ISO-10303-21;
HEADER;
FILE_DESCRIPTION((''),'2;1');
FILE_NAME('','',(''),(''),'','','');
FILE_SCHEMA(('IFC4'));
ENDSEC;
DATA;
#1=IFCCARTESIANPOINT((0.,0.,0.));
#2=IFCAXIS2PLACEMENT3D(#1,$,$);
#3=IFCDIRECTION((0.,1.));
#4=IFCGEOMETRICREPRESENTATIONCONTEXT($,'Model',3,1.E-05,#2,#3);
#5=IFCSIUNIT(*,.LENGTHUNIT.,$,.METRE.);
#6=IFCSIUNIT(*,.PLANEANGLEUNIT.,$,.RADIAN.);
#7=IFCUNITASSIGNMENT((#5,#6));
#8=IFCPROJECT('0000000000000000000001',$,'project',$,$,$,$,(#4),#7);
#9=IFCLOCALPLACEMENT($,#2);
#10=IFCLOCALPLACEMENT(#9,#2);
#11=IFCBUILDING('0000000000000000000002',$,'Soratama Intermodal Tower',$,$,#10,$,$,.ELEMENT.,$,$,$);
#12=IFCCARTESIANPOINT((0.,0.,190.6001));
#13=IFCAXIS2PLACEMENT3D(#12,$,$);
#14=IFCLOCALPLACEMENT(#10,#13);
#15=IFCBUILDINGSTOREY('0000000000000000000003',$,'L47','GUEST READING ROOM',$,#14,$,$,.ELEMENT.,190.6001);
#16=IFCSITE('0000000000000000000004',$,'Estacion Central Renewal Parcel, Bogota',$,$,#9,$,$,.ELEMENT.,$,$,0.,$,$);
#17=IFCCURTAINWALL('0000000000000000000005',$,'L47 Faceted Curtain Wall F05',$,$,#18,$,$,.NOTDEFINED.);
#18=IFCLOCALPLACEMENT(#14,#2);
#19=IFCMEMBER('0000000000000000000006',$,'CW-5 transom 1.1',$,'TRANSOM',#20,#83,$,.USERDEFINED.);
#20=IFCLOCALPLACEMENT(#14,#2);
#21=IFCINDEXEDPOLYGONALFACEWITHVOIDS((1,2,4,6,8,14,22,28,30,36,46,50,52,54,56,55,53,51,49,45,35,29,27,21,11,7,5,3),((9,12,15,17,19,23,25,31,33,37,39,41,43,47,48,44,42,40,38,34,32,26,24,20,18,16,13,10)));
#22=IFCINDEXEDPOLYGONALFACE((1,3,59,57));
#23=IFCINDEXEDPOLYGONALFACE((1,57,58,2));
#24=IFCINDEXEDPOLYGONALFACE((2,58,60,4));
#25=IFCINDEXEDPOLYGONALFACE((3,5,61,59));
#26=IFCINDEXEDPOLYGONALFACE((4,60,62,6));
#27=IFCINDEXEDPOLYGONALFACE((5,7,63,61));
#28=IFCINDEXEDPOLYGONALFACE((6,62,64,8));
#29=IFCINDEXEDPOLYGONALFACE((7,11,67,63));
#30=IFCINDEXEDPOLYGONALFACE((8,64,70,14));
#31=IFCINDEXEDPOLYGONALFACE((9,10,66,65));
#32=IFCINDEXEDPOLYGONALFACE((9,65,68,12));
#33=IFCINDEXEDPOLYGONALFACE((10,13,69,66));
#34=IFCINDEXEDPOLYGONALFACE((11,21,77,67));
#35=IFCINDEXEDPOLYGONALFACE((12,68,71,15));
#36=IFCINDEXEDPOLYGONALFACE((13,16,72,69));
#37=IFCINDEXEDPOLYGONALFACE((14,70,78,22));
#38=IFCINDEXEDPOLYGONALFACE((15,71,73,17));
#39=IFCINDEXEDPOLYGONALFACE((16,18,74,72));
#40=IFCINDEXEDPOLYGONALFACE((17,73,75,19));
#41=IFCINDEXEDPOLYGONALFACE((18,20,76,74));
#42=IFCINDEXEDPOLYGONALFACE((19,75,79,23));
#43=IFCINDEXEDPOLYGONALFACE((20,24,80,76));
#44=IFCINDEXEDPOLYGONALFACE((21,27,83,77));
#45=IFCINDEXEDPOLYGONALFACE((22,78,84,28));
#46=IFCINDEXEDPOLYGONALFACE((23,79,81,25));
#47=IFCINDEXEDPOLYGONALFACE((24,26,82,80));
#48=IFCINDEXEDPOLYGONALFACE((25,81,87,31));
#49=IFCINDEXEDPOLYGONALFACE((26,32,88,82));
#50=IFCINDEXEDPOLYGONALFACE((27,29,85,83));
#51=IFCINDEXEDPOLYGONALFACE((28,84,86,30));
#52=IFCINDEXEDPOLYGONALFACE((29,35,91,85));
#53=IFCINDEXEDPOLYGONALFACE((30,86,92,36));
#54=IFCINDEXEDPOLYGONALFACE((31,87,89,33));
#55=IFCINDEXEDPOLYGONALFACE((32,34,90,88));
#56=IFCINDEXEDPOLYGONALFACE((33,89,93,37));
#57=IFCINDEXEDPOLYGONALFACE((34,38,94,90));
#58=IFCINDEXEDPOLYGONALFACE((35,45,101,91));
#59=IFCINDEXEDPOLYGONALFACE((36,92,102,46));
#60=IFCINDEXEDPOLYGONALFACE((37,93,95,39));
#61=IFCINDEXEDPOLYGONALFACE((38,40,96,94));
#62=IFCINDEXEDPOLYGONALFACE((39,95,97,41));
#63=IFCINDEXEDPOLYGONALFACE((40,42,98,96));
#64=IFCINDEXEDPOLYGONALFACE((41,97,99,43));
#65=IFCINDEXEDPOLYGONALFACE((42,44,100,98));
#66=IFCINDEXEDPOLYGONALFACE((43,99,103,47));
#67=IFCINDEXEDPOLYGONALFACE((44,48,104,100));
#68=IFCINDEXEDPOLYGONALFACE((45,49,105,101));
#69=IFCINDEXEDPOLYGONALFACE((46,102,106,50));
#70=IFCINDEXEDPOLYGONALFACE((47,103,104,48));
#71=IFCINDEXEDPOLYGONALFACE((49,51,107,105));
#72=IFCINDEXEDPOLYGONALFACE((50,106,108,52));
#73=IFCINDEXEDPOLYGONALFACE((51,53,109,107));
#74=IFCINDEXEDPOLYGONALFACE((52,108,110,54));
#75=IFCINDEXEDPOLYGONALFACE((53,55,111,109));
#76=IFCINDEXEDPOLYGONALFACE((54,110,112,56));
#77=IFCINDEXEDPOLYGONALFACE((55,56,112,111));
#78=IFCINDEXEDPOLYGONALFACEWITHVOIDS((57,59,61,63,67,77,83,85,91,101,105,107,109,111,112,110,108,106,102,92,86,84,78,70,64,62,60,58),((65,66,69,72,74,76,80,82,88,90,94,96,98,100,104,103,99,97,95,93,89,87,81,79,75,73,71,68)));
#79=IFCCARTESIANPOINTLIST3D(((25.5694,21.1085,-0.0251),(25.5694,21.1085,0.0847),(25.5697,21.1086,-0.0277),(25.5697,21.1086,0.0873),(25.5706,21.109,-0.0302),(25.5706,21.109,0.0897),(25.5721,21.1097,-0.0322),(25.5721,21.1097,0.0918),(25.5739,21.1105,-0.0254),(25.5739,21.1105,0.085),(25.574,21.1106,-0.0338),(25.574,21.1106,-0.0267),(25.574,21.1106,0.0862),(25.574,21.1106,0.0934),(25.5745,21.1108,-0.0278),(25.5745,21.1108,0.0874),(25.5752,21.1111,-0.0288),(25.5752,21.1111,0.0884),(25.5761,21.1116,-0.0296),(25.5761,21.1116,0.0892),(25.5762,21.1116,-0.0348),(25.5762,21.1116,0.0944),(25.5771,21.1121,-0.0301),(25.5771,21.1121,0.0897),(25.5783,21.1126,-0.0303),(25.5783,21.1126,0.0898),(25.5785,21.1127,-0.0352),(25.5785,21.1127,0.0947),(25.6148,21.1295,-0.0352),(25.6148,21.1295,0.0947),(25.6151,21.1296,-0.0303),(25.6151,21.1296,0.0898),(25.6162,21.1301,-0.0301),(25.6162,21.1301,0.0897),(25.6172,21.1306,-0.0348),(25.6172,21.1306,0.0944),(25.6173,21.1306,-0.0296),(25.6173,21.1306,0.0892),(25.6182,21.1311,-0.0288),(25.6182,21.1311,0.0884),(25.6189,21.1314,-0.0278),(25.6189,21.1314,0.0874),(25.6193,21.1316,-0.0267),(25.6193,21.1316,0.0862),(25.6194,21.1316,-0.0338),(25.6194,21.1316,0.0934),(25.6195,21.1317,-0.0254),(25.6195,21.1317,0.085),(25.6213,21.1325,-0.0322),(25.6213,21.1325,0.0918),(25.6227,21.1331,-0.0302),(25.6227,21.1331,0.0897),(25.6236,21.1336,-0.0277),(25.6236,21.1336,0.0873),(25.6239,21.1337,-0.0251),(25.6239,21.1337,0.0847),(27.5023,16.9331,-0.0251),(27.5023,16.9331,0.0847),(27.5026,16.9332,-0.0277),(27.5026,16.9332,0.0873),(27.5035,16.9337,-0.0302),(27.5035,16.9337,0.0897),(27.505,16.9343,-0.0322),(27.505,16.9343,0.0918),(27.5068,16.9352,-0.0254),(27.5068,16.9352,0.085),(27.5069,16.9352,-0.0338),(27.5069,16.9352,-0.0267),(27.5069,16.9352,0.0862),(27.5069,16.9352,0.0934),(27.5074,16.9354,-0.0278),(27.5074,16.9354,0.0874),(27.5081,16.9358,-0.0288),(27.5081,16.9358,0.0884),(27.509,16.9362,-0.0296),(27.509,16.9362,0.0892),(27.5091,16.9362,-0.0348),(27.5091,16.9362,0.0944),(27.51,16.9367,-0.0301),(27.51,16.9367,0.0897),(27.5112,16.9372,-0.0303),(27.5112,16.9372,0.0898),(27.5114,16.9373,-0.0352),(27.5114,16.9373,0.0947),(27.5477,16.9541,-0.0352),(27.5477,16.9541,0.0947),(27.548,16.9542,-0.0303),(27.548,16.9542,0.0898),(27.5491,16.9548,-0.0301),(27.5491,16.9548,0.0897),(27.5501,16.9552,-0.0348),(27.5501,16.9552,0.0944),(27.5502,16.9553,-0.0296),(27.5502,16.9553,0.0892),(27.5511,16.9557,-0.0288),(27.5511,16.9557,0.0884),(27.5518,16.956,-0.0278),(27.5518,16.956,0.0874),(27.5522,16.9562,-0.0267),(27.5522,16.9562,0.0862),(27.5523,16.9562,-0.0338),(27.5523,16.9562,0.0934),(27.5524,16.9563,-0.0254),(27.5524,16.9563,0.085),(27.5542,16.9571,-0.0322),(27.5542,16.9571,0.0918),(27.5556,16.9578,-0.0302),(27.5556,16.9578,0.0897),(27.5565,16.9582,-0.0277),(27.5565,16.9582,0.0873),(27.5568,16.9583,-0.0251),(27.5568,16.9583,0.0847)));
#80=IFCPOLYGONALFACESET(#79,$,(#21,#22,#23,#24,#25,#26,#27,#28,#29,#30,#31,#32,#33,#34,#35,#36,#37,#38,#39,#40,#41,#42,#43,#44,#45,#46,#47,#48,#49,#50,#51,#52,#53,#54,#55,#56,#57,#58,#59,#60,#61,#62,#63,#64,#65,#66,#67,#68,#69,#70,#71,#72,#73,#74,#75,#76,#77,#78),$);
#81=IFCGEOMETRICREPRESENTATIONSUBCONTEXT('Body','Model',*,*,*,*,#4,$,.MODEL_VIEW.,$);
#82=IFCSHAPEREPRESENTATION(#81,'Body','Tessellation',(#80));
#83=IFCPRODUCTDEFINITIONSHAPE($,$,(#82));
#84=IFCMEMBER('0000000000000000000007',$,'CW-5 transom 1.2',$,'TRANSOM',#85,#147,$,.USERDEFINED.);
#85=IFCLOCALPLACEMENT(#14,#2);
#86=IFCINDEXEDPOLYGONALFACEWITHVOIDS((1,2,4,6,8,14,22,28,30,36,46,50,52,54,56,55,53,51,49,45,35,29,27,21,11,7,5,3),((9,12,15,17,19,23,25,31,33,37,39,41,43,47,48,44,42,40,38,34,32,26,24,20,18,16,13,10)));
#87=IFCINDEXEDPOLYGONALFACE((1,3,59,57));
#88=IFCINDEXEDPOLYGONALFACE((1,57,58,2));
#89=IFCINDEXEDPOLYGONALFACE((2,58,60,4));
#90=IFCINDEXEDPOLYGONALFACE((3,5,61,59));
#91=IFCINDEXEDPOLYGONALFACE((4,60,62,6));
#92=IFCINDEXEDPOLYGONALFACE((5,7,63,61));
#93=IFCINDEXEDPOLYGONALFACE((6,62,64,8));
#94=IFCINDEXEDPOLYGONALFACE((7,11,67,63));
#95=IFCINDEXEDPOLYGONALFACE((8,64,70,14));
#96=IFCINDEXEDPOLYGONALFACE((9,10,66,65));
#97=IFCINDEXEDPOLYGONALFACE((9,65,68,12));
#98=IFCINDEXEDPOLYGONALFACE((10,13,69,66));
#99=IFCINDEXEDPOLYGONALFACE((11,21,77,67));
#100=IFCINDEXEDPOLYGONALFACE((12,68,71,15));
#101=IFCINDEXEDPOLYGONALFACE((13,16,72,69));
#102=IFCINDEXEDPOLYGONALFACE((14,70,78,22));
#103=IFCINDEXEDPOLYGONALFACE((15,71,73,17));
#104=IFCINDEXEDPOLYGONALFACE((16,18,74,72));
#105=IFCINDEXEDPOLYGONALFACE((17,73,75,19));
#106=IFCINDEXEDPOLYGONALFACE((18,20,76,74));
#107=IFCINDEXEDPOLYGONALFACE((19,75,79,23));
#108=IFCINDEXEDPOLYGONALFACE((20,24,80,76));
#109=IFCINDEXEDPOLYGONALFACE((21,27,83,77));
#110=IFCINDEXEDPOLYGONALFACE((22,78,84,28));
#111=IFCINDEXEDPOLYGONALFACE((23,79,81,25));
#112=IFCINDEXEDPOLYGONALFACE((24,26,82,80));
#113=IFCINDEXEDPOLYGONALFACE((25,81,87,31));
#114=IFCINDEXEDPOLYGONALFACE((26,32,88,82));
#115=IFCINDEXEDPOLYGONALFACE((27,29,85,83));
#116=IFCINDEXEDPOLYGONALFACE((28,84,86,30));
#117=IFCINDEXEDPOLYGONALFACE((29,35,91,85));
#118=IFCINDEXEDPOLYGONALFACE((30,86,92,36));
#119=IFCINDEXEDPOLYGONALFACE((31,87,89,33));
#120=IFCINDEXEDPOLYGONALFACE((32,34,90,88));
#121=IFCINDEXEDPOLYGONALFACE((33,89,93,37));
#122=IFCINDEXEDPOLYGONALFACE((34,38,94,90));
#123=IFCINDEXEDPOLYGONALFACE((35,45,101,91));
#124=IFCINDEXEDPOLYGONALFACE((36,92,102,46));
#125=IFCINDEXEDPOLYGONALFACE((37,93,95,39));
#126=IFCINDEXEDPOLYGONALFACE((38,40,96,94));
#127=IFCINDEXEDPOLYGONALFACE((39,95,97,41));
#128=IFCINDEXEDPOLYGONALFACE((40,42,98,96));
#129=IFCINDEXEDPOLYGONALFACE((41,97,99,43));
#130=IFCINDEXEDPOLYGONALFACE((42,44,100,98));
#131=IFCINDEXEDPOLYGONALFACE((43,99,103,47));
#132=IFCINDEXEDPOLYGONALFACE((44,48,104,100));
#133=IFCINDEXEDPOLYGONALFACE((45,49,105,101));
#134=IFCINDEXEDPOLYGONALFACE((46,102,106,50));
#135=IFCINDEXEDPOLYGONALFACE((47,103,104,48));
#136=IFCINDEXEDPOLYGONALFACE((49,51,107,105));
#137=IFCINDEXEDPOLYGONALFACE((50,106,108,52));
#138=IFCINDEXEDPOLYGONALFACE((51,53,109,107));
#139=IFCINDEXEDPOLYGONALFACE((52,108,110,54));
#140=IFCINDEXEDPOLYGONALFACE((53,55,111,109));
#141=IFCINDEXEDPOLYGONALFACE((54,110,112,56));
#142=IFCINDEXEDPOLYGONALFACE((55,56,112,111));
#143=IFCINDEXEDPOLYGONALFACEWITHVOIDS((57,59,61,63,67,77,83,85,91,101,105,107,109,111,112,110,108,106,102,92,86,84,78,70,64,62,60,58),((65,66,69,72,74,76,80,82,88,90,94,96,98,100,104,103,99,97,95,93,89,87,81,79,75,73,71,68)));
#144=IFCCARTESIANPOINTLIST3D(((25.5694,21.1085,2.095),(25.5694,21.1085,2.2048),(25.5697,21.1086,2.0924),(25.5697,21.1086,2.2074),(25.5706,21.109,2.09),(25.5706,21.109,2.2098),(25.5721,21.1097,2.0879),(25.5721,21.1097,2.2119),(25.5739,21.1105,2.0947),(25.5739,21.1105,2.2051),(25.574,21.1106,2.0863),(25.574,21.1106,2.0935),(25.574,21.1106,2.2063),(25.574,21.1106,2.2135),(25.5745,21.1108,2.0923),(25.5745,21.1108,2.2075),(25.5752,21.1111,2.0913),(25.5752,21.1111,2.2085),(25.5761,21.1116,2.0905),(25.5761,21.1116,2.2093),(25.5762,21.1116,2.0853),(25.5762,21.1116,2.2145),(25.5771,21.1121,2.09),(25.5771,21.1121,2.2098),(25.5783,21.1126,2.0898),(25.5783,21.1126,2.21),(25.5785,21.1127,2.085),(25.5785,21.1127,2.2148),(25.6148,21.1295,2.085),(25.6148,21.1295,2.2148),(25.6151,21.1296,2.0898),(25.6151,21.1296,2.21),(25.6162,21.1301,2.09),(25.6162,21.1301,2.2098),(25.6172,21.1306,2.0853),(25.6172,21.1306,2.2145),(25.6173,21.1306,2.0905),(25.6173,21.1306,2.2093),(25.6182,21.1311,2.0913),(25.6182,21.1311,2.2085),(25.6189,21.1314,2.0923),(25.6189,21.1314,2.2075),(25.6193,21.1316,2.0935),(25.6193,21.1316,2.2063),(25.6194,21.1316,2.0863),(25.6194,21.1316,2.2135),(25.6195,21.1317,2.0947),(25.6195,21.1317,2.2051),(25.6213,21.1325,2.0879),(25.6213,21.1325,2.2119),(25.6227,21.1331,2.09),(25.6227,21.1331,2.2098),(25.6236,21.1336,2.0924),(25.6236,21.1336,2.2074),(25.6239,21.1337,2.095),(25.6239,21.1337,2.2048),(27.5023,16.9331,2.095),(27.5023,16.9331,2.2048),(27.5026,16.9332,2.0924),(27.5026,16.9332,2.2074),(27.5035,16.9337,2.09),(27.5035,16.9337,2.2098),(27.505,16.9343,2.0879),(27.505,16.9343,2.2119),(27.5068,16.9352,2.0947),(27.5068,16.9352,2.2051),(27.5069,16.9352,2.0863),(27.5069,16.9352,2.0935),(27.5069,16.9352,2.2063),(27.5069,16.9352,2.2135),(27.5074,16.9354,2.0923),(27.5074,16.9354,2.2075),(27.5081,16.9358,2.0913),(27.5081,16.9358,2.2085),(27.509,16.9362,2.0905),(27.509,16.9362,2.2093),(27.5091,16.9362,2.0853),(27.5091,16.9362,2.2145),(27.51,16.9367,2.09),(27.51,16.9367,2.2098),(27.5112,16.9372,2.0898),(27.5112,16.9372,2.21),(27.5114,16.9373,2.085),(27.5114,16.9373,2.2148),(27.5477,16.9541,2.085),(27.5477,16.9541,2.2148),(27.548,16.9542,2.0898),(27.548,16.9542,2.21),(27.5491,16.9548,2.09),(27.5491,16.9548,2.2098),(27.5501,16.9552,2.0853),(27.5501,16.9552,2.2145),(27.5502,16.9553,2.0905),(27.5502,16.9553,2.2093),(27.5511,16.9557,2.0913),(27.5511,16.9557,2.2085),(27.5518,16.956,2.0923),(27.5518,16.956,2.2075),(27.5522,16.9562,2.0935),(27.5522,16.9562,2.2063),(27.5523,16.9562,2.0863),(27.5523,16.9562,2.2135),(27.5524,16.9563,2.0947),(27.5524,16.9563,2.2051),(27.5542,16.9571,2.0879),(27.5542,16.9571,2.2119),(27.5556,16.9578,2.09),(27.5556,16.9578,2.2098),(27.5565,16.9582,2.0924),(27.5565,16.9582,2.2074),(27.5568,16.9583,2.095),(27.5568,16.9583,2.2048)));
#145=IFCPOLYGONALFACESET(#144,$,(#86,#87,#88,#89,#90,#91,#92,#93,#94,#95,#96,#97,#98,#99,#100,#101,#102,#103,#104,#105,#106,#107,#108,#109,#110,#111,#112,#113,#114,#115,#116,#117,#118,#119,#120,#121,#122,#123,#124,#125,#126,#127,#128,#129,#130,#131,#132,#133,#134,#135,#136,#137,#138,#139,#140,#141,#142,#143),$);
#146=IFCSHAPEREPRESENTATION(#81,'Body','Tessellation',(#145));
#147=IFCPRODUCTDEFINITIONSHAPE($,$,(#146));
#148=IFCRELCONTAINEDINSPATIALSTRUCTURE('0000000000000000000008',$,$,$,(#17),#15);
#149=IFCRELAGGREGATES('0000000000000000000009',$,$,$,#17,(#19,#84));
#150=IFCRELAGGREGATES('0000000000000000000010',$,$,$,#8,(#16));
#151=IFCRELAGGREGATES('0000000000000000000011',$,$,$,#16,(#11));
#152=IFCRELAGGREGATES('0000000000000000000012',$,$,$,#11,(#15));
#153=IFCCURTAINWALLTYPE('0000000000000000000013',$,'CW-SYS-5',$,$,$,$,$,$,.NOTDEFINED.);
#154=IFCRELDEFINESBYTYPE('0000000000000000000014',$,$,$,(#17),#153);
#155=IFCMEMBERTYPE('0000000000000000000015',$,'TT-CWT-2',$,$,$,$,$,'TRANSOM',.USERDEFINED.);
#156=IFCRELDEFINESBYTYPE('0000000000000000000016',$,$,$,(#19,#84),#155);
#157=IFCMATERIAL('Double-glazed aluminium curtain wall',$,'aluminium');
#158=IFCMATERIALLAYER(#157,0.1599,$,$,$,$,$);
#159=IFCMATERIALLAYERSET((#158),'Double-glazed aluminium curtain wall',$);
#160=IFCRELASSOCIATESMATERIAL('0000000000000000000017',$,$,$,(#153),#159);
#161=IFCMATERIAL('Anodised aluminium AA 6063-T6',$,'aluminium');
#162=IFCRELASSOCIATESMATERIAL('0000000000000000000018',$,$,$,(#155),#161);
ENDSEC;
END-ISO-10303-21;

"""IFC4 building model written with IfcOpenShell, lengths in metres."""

from ifc_helpers import new_model, si_unit, direction, frame, origin, origin_2d, place, context, subcontext, project, spatial, hollow_rectangle, extrude, material, layer, layer_set, material_profile, profile_set, type_object, element, aggregate, save


model = new_model("IFC4")

# Units and contexts
model_context = context("Model", 3, precision=1e-05, world=origin(), true_north=direction((0.0, 1.0)))
body_context = subcontext(model_context, "Body", "Model", "MODEL_VIEW")
ifc_project = project(units=[si_unit("LENGTHUNIT", "METRE"), si_unit("PLANEANGLEUNIT", "RADIAN")], contexts=[model_context])

# Site, building, storey
site_placement = place(None, origin())
site = spatial("IfcSite", under=ifc_project, at=site_placement, Name="Estacion Central Renewal Parcel, Bogota", CompositionType="ELEMENT", RefElevation=0.0)
building_placement = place(site_placement, origin())
building = spatial("IfcBuilding", under=site, at=building_placement, Name="Soratama Intermodal Tower", CompositionType="ELEMENT")
storey_placement = place(building_placement, frame((0.0, 0.0, 190.6001)))
storey = spatial("IfcBuildingStorey", under=building, at=storey_placement, Name="L47", Description="GUEST READING ROOM", CompositionType="ELEMENT", Elevation=190.6001)

# Curtain wall, members
ifc_material_1 = material(Name="Double-glazed aluminium curtain wall", Category="aluminium")
ifc_layer_1 = layer(ifc_material_1, 0.1599)
ifc_layer_set_1 = layer_set([ifc_layer_1], Name="Double-glazed aluminium curtain wall")
curtain_wall_type = type_object("IfcCurtainWallType", Name="CW-SYS-5", PredefinedType="NOTDEFINED", material=ifc_layer_set_1)
curtain_wall_placement = place(storey_placement, origin())
curtain_wall = element("IfcCurtainWall", 1, at=curtain_wall_placement, inside=storey, type_object=curtain_wall_type, Name="L47 Faceted Curtain Wall F05", PredefinedType="NOTDEFINED")
ifc_material_2 = material(Name="Anodised aluminium AA 6063-T6", Category="aluminium")
ifc_material_profile_1 = material_profile(ifc_material_2, hollow_rectangle(XDim=0.0601, YDim=0.1299, WallThickness=0.0049, InnerFilletRadius=0.0049, OuterFilletRadius=0.01, at=origin_2d()), Name="CWT130X60X5")
ifc_profile_set_1 = profile_set([ifc_material_profile_1], Name="Anodised aluminium AA 6063-T6")
member_type_1 = type_object("IfcMemberType", Name="TT-CWT-2", ElementType="TRANSOM", PredefinedType="USERDEFINED", material=ifc_profile_set_1)
member_1_placement = place(storey_placement, frame((25.5967, 21.1211, 0.0298), z_axis=(0.420098, -0.907479, 0.0), x_axis=(0.907479, 0.420098, 0.0)))
member_1 = element("IfcMember", 2, at=member_1_placement, type_object=member_type_1, Name="CW-5 transom 1.1", ObjectType="TRANSOM", PredefinedType="USERDEFINED", context=body_context, shape_type="SweptSolid", body=[
    extrude(hollow_rectangle(XDim=0.0601, YDim=0.1299, WallThickness=0.0049, InnerFilletRadius=0.0049, OuterFilletRadius=0.01, at=origin_2d()), origin(), (0.0, 0.0, 1.0), 4.6011),
])
member_2_placement = place(storey_placement, frame((25.5967, 21.1211, 2.1499), z_axis=(0.420098, -0.907479, 0.0), x_axis=(0.907479, 0.420098, 0.0)))
member_2 = element("IfcMember", 3, at=member_2_placement, type_object=member_type_1, Name="CW-5 transom 1.2", ObjectType="TRANSOM", PredefinedType="USERDEFINED", context=body_context, shape_type="SweptSolid", body=[
    extrude(hollow_rectangle(XDim=0.0601, YDim=0.1299, WallThickness=0.0049, InnerFilletRadius=0.0049, OuterFilletRadius=0.01, at=origin_2d()), origin(), (0.0, 0.0, 1.0), 4.6011),
])
aggregate(curtain_wall, [member_1, member_2])

save(model, "model.ifc")
